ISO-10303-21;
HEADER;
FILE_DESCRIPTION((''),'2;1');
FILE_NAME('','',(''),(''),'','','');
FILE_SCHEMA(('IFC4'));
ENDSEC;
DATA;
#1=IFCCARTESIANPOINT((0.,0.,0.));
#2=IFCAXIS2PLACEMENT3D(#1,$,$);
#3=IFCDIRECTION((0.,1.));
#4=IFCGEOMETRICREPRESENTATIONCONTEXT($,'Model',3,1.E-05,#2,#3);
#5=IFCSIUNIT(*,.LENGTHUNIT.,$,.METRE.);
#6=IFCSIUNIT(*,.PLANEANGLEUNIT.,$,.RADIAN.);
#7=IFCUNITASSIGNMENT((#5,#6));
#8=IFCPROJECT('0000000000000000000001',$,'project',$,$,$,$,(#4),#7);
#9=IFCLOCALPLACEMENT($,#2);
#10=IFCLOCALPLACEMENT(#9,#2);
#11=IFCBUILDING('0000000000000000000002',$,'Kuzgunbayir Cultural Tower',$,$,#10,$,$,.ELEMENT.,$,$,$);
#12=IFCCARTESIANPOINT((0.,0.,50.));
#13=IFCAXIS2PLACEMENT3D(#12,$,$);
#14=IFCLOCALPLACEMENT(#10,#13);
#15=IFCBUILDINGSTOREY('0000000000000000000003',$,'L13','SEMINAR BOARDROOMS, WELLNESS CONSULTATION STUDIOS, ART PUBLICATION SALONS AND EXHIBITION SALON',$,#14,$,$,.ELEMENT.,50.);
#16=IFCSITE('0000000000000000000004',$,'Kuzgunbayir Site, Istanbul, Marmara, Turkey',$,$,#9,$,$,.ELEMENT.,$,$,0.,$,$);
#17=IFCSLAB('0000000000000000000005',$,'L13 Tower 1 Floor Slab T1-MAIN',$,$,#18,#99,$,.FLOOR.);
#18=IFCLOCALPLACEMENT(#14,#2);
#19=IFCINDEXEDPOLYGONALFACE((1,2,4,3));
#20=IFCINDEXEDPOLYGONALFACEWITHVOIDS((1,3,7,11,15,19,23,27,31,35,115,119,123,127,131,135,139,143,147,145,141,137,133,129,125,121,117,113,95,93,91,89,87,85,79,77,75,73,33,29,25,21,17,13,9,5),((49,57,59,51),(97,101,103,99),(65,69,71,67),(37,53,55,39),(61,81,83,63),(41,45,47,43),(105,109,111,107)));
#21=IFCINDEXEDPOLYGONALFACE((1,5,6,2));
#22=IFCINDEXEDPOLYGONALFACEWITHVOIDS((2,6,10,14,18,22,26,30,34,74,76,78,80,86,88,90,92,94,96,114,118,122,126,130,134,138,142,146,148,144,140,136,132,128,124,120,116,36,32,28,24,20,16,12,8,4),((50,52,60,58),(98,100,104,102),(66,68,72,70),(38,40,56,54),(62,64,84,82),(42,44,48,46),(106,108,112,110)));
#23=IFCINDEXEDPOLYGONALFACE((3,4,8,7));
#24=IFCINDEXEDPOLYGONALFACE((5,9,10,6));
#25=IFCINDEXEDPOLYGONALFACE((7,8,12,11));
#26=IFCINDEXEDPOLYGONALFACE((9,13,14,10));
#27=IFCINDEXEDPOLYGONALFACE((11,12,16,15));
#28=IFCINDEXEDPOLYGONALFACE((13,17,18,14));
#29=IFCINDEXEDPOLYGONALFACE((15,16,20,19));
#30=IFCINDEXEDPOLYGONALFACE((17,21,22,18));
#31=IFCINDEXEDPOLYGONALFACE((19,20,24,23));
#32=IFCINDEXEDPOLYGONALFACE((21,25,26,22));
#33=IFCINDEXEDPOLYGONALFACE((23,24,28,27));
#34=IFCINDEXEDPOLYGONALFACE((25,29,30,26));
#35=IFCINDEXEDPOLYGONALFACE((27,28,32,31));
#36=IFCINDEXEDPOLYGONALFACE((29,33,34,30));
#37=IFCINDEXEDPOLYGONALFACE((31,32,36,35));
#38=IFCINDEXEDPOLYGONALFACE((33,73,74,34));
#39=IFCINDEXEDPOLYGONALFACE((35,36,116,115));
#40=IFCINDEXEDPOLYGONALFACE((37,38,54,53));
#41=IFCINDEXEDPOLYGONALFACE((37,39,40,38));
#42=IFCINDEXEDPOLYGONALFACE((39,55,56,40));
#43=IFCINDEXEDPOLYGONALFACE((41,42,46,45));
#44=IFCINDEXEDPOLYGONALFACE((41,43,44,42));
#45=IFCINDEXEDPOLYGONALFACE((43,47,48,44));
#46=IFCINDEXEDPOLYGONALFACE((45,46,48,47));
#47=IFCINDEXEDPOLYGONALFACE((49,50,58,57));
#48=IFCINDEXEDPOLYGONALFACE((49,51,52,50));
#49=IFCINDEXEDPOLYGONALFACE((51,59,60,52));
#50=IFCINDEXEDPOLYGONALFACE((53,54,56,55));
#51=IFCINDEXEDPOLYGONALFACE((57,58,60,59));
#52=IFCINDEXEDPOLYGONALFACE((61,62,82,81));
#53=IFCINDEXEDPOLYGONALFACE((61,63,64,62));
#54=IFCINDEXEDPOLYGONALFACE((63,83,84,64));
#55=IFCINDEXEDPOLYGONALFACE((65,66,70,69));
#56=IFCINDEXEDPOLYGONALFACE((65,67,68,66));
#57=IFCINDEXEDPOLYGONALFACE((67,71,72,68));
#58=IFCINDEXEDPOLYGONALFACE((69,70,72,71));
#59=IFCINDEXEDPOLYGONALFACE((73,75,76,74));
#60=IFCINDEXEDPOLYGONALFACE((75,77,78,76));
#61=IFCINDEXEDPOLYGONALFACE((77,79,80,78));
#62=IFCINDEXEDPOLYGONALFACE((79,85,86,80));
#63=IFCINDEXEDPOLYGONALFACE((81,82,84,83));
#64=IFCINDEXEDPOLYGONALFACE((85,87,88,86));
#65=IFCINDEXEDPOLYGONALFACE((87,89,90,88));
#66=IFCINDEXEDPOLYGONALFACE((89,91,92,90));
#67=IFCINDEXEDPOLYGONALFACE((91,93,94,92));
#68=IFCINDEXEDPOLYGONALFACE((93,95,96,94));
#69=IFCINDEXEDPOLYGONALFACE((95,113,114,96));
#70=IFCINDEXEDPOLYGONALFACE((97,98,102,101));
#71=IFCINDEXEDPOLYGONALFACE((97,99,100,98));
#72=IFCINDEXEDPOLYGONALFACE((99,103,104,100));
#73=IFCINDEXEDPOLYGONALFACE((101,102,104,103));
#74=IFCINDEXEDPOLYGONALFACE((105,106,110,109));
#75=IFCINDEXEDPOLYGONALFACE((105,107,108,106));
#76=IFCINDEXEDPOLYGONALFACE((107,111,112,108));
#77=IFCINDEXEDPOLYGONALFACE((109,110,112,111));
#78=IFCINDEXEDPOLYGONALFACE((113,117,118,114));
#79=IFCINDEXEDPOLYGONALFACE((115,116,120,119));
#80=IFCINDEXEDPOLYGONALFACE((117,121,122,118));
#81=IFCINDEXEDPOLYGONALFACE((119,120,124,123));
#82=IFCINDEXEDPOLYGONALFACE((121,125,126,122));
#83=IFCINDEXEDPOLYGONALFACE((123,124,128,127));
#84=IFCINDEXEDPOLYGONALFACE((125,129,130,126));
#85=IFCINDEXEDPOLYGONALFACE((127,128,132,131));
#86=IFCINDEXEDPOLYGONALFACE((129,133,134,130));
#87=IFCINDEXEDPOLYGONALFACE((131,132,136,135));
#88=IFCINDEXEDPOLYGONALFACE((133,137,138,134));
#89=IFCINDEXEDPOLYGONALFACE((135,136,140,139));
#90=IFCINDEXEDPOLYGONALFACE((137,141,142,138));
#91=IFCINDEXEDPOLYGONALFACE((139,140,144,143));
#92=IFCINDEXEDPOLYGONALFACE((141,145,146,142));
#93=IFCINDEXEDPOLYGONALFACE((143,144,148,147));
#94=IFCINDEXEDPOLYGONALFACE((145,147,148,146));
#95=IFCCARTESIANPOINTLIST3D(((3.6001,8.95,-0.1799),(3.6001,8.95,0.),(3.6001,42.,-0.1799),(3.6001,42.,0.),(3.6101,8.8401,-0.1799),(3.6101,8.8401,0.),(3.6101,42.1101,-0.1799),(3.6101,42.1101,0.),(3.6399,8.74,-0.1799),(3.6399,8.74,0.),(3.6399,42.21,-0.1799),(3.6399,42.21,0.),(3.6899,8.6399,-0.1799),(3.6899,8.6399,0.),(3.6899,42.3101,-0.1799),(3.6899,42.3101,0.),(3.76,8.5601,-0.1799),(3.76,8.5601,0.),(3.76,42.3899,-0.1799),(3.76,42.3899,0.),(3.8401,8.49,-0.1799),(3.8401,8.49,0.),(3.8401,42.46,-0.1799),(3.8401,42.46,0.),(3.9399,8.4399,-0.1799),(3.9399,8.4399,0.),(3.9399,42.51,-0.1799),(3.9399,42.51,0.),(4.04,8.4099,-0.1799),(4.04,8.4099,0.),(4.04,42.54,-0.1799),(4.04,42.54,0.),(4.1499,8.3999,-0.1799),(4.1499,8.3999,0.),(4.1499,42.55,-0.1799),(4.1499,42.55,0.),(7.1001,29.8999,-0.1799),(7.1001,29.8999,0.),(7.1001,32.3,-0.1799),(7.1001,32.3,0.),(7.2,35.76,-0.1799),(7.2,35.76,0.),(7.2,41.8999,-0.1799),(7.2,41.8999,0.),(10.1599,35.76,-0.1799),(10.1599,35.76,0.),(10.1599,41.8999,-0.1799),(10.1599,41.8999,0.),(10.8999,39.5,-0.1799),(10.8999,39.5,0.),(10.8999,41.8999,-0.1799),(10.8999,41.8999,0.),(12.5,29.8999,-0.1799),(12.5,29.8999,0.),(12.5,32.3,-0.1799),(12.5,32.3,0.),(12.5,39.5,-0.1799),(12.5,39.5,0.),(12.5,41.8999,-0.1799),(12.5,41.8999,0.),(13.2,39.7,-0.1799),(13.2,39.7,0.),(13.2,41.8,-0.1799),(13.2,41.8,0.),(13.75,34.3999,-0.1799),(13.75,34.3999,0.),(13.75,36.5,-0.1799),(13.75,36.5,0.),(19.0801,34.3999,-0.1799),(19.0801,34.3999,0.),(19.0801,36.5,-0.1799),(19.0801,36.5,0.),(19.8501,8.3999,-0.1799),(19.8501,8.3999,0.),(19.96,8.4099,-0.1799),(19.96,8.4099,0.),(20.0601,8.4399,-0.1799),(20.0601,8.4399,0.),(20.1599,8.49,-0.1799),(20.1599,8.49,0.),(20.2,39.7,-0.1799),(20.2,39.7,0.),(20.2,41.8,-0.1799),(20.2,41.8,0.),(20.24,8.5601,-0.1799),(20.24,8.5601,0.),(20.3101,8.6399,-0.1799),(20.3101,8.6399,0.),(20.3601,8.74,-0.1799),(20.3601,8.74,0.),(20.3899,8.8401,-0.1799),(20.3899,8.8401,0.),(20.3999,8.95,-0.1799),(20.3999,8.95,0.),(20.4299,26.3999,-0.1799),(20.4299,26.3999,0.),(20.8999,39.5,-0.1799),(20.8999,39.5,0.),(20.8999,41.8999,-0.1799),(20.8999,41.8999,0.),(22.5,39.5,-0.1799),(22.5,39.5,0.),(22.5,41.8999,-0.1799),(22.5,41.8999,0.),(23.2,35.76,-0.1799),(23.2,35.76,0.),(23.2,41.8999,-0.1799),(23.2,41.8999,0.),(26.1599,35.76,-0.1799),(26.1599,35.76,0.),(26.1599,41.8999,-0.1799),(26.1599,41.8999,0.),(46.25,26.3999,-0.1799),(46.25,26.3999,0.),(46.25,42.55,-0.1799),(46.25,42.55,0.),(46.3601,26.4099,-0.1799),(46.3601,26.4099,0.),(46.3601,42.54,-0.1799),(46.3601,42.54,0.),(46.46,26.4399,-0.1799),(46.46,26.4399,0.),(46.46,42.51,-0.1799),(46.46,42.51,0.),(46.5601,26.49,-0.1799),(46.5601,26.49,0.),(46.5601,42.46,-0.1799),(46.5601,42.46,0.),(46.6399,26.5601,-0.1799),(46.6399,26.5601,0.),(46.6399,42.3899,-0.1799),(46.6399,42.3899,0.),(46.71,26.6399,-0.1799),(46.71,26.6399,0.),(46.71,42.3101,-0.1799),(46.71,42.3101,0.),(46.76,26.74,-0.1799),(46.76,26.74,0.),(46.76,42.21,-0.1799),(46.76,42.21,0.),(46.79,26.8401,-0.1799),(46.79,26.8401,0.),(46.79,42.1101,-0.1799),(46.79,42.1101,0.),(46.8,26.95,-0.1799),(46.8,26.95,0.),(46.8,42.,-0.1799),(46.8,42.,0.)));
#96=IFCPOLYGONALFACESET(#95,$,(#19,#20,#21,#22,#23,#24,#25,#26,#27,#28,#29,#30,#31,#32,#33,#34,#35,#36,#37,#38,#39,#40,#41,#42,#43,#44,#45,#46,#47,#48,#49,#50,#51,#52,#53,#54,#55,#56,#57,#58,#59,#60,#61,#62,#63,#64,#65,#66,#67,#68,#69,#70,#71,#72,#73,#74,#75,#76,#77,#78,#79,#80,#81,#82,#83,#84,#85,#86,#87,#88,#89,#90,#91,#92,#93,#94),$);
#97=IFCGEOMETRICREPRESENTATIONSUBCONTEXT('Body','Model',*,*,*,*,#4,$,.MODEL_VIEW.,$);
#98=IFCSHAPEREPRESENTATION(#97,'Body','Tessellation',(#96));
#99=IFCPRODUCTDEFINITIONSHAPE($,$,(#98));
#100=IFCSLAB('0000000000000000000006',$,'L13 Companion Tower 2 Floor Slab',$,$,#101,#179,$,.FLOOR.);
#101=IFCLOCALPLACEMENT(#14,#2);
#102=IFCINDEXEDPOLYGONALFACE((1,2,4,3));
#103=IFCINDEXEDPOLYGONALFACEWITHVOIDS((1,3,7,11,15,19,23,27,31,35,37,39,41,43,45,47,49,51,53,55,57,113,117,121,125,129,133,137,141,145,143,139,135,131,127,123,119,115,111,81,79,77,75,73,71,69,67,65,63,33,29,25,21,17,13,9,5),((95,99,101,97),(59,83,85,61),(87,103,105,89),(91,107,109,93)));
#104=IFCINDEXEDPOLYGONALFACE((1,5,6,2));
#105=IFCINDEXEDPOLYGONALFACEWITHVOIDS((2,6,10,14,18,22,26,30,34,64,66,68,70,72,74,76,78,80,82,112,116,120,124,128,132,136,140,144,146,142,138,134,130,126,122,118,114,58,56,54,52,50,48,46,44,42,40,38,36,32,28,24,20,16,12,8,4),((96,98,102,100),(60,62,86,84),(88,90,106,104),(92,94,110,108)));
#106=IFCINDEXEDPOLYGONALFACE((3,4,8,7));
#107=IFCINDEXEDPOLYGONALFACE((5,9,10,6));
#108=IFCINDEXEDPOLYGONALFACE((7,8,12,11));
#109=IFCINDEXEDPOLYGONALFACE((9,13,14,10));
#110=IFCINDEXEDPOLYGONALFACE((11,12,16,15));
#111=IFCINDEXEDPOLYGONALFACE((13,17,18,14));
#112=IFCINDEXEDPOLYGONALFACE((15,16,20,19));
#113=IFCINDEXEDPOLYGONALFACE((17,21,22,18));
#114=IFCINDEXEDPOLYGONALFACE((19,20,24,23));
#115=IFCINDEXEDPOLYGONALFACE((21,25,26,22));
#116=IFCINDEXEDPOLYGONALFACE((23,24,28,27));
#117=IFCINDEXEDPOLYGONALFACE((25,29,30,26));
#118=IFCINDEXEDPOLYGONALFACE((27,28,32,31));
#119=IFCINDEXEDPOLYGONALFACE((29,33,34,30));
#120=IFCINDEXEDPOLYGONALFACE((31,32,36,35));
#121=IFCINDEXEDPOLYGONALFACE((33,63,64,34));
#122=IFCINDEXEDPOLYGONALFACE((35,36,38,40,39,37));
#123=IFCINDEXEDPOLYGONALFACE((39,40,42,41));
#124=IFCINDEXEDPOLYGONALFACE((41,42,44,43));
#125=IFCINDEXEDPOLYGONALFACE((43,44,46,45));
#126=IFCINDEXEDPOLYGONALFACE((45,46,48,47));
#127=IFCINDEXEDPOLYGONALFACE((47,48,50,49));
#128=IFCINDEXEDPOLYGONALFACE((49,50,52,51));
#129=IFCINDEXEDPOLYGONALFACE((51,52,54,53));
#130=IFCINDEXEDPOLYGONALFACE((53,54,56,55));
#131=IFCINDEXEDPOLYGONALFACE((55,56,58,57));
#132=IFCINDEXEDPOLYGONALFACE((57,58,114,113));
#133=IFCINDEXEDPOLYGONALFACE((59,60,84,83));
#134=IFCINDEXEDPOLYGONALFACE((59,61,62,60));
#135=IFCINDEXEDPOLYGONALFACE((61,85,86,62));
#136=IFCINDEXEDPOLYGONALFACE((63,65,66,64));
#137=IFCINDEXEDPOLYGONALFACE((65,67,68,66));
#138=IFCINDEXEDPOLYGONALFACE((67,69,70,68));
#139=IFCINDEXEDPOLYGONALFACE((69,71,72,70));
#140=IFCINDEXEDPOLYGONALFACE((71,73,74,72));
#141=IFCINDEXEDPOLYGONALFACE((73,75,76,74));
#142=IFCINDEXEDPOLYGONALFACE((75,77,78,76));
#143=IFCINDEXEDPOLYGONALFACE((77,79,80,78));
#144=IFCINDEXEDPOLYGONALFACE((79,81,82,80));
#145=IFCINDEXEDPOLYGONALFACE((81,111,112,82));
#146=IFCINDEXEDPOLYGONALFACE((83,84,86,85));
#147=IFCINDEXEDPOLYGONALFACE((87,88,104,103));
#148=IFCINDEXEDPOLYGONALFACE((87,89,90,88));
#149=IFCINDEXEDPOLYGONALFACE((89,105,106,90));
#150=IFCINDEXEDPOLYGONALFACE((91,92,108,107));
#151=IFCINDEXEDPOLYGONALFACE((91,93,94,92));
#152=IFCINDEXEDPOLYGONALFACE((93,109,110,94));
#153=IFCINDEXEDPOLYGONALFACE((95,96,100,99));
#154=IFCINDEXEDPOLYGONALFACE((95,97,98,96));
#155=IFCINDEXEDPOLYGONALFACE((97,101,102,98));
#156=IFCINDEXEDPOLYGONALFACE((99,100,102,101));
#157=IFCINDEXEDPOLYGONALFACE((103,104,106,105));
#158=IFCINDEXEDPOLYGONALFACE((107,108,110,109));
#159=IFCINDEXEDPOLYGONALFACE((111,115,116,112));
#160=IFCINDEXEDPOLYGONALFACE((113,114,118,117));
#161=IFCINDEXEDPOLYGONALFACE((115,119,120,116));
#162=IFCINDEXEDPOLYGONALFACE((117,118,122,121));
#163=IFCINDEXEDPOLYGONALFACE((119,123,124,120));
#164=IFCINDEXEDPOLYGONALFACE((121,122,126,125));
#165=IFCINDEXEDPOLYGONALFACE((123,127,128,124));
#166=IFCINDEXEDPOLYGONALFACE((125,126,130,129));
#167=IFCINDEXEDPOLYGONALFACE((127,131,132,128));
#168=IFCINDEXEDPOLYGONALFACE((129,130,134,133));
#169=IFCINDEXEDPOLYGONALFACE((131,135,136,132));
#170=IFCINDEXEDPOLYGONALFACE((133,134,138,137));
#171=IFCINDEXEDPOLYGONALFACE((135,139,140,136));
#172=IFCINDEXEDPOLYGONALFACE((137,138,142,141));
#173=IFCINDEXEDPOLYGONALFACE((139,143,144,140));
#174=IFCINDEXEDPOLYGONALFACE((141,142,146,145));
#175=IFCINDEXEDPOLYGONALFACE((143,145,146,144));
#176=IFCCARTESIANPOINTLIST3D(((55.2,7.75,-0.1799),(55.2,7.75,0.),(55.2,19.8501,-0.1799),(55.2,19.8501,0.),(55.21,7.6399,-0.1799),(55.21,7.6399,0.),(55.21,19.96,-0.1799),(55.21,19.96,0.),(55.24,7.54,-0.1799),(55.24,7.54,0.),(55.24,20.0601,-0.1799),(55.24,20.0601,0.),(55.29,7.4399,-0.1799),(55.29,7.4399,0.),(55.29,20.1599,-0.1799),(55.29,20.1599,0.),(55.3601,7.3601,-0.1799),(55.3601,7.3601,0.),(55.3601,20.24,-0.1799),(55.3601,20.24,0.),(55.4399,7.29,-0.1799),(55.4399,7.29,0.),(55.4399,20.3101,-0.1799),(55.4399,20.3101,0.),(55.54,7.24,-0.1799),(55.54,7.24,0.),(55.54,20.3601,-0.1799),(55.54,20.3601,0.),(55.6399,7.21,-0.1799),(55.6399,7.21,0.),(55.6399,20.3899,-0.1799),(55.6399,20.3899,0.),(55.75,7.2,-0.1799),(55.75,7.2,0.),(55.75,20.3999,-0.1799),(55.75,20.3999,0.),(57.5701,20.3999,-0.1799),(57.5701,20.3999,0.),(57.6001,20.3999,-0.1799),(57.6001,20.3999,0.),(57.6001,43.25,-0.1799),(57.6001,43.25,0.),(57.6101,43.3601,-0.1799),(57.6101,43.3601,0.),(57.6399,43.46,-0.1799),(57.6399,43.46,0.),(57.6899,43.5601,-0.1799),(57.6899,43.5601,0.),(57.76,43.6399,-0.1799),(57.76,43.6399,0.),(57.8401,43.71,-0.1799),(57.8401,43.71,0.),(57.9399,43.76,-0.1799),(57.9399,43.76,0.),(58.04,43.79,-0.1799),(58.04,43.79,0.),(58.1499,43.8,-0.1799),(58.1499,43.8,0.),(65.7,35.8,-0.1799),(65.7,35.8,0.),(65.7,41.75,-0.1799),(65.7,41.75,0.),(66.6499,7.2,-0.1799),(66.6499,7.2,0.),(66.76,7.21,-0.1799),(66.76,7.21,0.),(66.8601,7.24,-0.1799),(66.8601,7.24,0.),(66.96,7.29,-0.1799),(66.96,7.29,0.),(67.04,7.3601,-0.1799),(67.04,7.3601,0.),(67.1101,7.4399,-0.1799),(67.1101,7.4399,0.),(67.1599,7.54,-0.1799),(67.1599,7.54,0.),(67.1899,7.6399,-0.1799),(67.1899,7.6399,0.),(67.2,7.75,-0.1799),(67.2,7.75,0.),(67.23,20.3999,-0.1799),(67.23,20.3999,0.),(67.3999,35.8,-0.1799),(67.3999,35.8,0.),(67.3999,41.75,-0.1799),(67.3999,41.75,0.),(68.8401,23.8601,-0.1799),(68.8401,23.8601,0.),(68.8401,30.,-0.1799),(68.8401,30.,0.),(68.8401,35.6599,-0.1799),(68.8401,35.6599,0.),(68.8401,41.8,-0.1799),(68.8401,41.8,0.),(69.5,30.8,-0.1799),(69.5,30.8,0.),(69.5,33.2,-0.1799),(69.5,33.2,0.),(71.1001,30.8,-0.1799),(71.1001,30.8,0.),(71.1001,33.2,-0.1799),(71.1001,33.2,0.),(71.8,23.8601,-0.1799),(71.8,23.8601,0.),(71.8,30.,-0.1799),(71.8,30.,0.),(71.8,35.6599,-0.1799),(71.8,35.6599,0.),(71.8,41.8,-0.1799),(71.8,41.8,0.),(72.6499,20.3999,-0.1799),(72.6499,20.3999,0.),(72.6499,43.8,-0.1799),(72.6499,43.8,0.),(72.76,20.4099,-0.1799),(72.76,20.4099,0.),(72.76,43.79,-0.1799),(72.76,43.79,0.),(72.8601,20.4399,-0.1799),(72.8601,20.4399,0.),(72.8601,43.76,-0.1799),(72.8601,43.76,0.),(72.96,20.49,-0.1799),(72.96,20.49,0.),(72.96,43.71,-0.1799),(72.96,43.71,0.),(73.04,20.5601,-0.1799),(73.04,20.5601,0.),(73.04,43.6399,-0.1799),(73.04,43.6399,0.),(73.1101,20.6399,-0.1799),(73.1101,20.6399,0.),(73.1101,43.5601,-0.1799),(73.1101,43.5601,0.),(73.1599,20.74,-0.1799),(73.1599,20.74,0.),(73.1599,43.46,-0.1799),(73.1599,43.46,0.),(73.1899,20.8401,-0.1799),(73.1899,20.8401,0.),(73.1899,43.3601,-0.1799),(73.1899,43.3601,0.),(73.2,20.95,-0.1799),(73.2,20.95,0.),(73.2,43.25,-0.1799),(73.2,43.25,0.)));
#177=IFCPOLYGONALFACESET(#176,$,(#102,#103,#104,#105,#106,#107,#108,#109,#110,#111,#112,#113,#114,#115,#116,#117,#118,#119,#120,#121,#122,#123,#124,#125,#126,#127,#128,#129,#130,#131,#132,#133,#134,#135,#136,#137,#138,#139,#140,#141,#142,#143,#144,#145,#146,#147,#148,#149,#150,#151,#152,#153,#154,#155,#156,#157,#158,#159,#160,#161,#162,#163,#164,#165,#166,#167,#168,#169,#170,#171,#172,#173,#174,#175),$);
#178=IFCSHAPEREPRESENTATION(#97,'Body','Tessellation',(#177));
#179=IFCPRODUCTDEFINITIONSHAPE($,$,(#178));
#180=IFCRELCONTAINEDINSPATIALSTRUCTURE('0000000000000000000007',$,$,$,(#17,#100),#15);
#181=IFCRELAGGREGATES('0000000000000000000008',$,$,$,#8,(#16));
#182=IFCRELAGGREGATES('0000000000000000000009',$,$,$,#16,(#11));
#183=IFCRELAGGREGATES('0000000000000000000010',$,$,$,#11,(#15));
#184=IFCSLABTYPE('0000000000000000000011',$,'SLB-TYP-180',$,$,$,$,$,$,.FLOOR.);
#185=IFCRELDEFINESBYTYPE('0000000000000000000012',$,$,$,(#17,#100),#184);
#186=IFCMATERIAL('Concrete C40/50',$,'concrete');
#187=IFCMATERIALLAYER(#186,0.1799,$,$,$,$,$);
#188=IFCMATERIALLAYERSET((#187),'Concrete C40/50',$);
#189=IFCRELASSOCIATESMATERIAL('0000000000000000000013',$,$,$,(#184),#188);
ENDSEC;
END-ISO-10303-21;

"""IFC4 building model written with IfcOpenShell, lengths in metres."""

from ifc_helpers import new_model, si_unit, direction, frame, origin, place, context, subcontext, project, spatial, polyline, outline, extrude, material, layer, layer_set, type_object, element, save


model = new_model("IFC4")

# Units and contexts
model_context = context("Model", 3, precision=1e-05, world=origin(), true_north=direction((0.0, 1.0)))
body_context = subcontext(model_context, "Body", "Model", "MODEL_VIEW")
ifc_project = project(units=[si_unit("LENGTHUNIT", "METRE"), si_unit("PLANEANGLEUNIT", "RADIAN")], contexts=[model_context])

# Site, building, storey
site_placement = place(None, origin())
site = spatial("IfcSite", under=ifc_project, at=site_placement, Name="Kuzgunbayir Site, Istanbul, Marmara, Turkey", CompositionType="ELEMENT", RefElevation=0.0)
building_placement = place(site_placement, origin())
building = spatial("IfcBuilding", under=site, at=building_placement, Name="Kuzgunbayir Cultural Tower", CompositionType="ELEMENT")
storey_placement = place(building_placement, frame((0.0, 0.0, 50.0)))
storey = spatial("IfcBuildingStorey", under=building, at=storey_placement, Name="L13", Description="SEMINAR BOARDROOMS, WELLNESS CONSULTATION STUDIOS, ART PUBLICATION SALONS AND EXHIBITION SALON", CompositionType="ELEMENT", Elevation=50.0)

# Shared definitions
ifc_material_1 = material(Name="Concrete C40/50", Category="concrete")

# Slabs
ifc_layer_1 = layer(ifc_material_1, 0.1799)
ifc_layer_set_1 = layer_set([ifc_layer_1], Name="Concrete C40/50")
slab_type_1 = type_object("IfcSlabType", Name="SLB-TYP-180", PredefinedType="FLOOR", material=ifc_layer_set_1)
slab_1_placement = place(storey_placement, frame((0.0, 0.0, -0.1799)))
element("IfcSlab", 1, at=slab_1_placement, inside=storey, type_object=slab_type_1, Name="L13 Tower 1 Floor Slab T1-MAIN", PredefinedType="FLOOR", context=body_context, shape_type="SweptSolid", body=[
    extrude(outline(polyline([(20.3999, 8.95), (20.3899, 8.8401), (20.3601, 8.74), (20.3101, 8.6399), (20.24, 8.5601), (20.1599, 8.49), (20.0601, 8.4399), (19.96, 8.4099), (19.8501, 8.3999), (4.1499, 8.3999), (4.04, 8.4099), (3.9399, 8.4399), (3.8401, 8.49), (3.76, 8.5601), (3.6899, 8.6399), (3.6399, 8.74), (3.6101, 8.8401), (3.6001, 8.95), (3.6001, 42.0), (3.6101, 42.1101), (3.6399, 42.21), (3.6899, 42.3101), (3.76, 42.3899), (3.8401, 42.46), (3.9399, 42.51), (4.04, 42.54), (4.1499, 42.55), (46.25, 42.55), (46.3601, 42.54), (46.46, 42.51), (46.5601, 42.46), (46.6399, 42.3899), (46.71, 42.3101), (46.76, 42.21), (46.79, 42.1101), (46.8, 42.0), (46.8, 26.95), (46.79, 26.8401), (46.76, 26.74), (46.71, 26.6399), (46.6399, 26.5601), (46.5601, 26.49), (46.46, 26.4399), (46.3601, 26.4099), (46.25, 26.3999), (20.4299, 26.3999), (20.3999, 8.95)]), holes=[polyline([(7.2, 35.76), (7.2, 41.8999), (10.1599, 41.8999), (10.1599, 35.76), (7.2, 35.76)]), polyline([(23.2, 35.76), (23.2, 41.8999), (26.1599, 41.8999), (26.1599, 35.76), (23.2, 35.76)]), polyline([(13.2, 39.7), (13.2, 41.8), (20.2, 41.8), (20.2, 39.7), (13.2, 39.7)]), polyline([(13.75, 34.3999), (13.75, 36.5), (19.0801, 36.5), (19.0801, 34.3999), (13.75, 34.3999)]), polyline([(7.1001, 29.8999), (7.1001, 32.3), (12.5, 32.3), (12.5, 29.8999), (7.1001, 29.8999)]), polyline([(10.8999, 39.5), (10.8999, 41.8999), (12.5, 41.8999), (12.5, 39.5), (10.8999, 39.5)]), polyline([(20.8999, 39.5), (20.8999, 41.8999), (22.5, 41.8999), (22.5, 39.5), (20.8999, 39.5)])]), origin(), (0.0, 0.0, 1.0), 0.1799),
])
slab_2_placement = place(storey_placement, frame((0.0, 0.0, -0.1799)))
element("IfcSlab", 2, at=slab_2_placement, inside=storey, type_object=slab_type_1, Name="L13 Companion Tower 2 Floor Slab", PredefinedType="FLOOR", context=body_context, shape_type="SweptSolid", body=[
    extrude(outline(polyline([(57.6001, 20.3999), (57.6001, 43.25), (57.6101, 43.3601), (57.6399, 43.46), (57.6899, 43.5601), (57.76, 43.6399), (57.8401, 43.71), (57.9399, 43.76), (58.04, 43.79), (58.1499, 43.8), (72.6499, 43.8), (72.76, 43.79), (72.8601, 43.76), (72.96, 43.71), (73.04, 43.6399), (73.1101, 43.5601), (73.1599, 43.46), (73.1899, 43.3601), (73.2, 43.25), (73.2, 20.95), (73.1899, 20.8401), (73.1599, 20.74), (73.1101, 20.6399), (73.04, 20.5601), (72.96, 20.49), (72.8601, 20.4399), (72.76, 20.4099), (72.6499, 20.3999), (67.23, 20.3999), (67.2, 7.75), (67.1899, 7.6399), (67.1599, 7.54), (67.1101, 7.4399), (67.04, 7.3601), (66.96, 7.29), (66.8601, 7.24), (66.76, 7.21), (66.6499, 7.2), (55.75, 7.2), (55.6399, 7.21), (55.54, 7.24), (55.4399, 7.29), (55.3601, 7.3601), (55.29, 7.4399), (55.24, 7.54), (55.21, 7.6399), (55.2, 7.75), (55.2, 19.8501), (55.21, 19.96), (55.24, 20.0601), (55.29, 20.1599), (55.3601, 20.24), (55.4399, 20.3101), (55.54, 20.3601), (55.6399, 20.3899), (55.75, 20.3999), (57.5701, 20.3999), (57.6001, 20.3999)]), holes=[polyline([(68.8401, 23.8601), (68.8401, 30.0), (71.8, 30.0), (71.8, 23.8601), (68.8401, 23.8601)]), polyline([(68.8401, 35.6599), (68.8401, 41.8), (71.8, 41.8), (71.8, 35.6599), (68.8401, 35.6599)]), polyline([(65.7, 35.8), (65.7, 41.75), (67.3999, 41.75), (67.3999, 35.8), (65.7, 35.8)]), polyline([(69.5, 30.8), (69.5, 33.2), (71.1001, 33.2), (71.1001, 30.8), (69.5, 30.8)])]), origin(), (0.0, 0.0, 1.0), 0.1799),
])

save(model, "model.ifc")
